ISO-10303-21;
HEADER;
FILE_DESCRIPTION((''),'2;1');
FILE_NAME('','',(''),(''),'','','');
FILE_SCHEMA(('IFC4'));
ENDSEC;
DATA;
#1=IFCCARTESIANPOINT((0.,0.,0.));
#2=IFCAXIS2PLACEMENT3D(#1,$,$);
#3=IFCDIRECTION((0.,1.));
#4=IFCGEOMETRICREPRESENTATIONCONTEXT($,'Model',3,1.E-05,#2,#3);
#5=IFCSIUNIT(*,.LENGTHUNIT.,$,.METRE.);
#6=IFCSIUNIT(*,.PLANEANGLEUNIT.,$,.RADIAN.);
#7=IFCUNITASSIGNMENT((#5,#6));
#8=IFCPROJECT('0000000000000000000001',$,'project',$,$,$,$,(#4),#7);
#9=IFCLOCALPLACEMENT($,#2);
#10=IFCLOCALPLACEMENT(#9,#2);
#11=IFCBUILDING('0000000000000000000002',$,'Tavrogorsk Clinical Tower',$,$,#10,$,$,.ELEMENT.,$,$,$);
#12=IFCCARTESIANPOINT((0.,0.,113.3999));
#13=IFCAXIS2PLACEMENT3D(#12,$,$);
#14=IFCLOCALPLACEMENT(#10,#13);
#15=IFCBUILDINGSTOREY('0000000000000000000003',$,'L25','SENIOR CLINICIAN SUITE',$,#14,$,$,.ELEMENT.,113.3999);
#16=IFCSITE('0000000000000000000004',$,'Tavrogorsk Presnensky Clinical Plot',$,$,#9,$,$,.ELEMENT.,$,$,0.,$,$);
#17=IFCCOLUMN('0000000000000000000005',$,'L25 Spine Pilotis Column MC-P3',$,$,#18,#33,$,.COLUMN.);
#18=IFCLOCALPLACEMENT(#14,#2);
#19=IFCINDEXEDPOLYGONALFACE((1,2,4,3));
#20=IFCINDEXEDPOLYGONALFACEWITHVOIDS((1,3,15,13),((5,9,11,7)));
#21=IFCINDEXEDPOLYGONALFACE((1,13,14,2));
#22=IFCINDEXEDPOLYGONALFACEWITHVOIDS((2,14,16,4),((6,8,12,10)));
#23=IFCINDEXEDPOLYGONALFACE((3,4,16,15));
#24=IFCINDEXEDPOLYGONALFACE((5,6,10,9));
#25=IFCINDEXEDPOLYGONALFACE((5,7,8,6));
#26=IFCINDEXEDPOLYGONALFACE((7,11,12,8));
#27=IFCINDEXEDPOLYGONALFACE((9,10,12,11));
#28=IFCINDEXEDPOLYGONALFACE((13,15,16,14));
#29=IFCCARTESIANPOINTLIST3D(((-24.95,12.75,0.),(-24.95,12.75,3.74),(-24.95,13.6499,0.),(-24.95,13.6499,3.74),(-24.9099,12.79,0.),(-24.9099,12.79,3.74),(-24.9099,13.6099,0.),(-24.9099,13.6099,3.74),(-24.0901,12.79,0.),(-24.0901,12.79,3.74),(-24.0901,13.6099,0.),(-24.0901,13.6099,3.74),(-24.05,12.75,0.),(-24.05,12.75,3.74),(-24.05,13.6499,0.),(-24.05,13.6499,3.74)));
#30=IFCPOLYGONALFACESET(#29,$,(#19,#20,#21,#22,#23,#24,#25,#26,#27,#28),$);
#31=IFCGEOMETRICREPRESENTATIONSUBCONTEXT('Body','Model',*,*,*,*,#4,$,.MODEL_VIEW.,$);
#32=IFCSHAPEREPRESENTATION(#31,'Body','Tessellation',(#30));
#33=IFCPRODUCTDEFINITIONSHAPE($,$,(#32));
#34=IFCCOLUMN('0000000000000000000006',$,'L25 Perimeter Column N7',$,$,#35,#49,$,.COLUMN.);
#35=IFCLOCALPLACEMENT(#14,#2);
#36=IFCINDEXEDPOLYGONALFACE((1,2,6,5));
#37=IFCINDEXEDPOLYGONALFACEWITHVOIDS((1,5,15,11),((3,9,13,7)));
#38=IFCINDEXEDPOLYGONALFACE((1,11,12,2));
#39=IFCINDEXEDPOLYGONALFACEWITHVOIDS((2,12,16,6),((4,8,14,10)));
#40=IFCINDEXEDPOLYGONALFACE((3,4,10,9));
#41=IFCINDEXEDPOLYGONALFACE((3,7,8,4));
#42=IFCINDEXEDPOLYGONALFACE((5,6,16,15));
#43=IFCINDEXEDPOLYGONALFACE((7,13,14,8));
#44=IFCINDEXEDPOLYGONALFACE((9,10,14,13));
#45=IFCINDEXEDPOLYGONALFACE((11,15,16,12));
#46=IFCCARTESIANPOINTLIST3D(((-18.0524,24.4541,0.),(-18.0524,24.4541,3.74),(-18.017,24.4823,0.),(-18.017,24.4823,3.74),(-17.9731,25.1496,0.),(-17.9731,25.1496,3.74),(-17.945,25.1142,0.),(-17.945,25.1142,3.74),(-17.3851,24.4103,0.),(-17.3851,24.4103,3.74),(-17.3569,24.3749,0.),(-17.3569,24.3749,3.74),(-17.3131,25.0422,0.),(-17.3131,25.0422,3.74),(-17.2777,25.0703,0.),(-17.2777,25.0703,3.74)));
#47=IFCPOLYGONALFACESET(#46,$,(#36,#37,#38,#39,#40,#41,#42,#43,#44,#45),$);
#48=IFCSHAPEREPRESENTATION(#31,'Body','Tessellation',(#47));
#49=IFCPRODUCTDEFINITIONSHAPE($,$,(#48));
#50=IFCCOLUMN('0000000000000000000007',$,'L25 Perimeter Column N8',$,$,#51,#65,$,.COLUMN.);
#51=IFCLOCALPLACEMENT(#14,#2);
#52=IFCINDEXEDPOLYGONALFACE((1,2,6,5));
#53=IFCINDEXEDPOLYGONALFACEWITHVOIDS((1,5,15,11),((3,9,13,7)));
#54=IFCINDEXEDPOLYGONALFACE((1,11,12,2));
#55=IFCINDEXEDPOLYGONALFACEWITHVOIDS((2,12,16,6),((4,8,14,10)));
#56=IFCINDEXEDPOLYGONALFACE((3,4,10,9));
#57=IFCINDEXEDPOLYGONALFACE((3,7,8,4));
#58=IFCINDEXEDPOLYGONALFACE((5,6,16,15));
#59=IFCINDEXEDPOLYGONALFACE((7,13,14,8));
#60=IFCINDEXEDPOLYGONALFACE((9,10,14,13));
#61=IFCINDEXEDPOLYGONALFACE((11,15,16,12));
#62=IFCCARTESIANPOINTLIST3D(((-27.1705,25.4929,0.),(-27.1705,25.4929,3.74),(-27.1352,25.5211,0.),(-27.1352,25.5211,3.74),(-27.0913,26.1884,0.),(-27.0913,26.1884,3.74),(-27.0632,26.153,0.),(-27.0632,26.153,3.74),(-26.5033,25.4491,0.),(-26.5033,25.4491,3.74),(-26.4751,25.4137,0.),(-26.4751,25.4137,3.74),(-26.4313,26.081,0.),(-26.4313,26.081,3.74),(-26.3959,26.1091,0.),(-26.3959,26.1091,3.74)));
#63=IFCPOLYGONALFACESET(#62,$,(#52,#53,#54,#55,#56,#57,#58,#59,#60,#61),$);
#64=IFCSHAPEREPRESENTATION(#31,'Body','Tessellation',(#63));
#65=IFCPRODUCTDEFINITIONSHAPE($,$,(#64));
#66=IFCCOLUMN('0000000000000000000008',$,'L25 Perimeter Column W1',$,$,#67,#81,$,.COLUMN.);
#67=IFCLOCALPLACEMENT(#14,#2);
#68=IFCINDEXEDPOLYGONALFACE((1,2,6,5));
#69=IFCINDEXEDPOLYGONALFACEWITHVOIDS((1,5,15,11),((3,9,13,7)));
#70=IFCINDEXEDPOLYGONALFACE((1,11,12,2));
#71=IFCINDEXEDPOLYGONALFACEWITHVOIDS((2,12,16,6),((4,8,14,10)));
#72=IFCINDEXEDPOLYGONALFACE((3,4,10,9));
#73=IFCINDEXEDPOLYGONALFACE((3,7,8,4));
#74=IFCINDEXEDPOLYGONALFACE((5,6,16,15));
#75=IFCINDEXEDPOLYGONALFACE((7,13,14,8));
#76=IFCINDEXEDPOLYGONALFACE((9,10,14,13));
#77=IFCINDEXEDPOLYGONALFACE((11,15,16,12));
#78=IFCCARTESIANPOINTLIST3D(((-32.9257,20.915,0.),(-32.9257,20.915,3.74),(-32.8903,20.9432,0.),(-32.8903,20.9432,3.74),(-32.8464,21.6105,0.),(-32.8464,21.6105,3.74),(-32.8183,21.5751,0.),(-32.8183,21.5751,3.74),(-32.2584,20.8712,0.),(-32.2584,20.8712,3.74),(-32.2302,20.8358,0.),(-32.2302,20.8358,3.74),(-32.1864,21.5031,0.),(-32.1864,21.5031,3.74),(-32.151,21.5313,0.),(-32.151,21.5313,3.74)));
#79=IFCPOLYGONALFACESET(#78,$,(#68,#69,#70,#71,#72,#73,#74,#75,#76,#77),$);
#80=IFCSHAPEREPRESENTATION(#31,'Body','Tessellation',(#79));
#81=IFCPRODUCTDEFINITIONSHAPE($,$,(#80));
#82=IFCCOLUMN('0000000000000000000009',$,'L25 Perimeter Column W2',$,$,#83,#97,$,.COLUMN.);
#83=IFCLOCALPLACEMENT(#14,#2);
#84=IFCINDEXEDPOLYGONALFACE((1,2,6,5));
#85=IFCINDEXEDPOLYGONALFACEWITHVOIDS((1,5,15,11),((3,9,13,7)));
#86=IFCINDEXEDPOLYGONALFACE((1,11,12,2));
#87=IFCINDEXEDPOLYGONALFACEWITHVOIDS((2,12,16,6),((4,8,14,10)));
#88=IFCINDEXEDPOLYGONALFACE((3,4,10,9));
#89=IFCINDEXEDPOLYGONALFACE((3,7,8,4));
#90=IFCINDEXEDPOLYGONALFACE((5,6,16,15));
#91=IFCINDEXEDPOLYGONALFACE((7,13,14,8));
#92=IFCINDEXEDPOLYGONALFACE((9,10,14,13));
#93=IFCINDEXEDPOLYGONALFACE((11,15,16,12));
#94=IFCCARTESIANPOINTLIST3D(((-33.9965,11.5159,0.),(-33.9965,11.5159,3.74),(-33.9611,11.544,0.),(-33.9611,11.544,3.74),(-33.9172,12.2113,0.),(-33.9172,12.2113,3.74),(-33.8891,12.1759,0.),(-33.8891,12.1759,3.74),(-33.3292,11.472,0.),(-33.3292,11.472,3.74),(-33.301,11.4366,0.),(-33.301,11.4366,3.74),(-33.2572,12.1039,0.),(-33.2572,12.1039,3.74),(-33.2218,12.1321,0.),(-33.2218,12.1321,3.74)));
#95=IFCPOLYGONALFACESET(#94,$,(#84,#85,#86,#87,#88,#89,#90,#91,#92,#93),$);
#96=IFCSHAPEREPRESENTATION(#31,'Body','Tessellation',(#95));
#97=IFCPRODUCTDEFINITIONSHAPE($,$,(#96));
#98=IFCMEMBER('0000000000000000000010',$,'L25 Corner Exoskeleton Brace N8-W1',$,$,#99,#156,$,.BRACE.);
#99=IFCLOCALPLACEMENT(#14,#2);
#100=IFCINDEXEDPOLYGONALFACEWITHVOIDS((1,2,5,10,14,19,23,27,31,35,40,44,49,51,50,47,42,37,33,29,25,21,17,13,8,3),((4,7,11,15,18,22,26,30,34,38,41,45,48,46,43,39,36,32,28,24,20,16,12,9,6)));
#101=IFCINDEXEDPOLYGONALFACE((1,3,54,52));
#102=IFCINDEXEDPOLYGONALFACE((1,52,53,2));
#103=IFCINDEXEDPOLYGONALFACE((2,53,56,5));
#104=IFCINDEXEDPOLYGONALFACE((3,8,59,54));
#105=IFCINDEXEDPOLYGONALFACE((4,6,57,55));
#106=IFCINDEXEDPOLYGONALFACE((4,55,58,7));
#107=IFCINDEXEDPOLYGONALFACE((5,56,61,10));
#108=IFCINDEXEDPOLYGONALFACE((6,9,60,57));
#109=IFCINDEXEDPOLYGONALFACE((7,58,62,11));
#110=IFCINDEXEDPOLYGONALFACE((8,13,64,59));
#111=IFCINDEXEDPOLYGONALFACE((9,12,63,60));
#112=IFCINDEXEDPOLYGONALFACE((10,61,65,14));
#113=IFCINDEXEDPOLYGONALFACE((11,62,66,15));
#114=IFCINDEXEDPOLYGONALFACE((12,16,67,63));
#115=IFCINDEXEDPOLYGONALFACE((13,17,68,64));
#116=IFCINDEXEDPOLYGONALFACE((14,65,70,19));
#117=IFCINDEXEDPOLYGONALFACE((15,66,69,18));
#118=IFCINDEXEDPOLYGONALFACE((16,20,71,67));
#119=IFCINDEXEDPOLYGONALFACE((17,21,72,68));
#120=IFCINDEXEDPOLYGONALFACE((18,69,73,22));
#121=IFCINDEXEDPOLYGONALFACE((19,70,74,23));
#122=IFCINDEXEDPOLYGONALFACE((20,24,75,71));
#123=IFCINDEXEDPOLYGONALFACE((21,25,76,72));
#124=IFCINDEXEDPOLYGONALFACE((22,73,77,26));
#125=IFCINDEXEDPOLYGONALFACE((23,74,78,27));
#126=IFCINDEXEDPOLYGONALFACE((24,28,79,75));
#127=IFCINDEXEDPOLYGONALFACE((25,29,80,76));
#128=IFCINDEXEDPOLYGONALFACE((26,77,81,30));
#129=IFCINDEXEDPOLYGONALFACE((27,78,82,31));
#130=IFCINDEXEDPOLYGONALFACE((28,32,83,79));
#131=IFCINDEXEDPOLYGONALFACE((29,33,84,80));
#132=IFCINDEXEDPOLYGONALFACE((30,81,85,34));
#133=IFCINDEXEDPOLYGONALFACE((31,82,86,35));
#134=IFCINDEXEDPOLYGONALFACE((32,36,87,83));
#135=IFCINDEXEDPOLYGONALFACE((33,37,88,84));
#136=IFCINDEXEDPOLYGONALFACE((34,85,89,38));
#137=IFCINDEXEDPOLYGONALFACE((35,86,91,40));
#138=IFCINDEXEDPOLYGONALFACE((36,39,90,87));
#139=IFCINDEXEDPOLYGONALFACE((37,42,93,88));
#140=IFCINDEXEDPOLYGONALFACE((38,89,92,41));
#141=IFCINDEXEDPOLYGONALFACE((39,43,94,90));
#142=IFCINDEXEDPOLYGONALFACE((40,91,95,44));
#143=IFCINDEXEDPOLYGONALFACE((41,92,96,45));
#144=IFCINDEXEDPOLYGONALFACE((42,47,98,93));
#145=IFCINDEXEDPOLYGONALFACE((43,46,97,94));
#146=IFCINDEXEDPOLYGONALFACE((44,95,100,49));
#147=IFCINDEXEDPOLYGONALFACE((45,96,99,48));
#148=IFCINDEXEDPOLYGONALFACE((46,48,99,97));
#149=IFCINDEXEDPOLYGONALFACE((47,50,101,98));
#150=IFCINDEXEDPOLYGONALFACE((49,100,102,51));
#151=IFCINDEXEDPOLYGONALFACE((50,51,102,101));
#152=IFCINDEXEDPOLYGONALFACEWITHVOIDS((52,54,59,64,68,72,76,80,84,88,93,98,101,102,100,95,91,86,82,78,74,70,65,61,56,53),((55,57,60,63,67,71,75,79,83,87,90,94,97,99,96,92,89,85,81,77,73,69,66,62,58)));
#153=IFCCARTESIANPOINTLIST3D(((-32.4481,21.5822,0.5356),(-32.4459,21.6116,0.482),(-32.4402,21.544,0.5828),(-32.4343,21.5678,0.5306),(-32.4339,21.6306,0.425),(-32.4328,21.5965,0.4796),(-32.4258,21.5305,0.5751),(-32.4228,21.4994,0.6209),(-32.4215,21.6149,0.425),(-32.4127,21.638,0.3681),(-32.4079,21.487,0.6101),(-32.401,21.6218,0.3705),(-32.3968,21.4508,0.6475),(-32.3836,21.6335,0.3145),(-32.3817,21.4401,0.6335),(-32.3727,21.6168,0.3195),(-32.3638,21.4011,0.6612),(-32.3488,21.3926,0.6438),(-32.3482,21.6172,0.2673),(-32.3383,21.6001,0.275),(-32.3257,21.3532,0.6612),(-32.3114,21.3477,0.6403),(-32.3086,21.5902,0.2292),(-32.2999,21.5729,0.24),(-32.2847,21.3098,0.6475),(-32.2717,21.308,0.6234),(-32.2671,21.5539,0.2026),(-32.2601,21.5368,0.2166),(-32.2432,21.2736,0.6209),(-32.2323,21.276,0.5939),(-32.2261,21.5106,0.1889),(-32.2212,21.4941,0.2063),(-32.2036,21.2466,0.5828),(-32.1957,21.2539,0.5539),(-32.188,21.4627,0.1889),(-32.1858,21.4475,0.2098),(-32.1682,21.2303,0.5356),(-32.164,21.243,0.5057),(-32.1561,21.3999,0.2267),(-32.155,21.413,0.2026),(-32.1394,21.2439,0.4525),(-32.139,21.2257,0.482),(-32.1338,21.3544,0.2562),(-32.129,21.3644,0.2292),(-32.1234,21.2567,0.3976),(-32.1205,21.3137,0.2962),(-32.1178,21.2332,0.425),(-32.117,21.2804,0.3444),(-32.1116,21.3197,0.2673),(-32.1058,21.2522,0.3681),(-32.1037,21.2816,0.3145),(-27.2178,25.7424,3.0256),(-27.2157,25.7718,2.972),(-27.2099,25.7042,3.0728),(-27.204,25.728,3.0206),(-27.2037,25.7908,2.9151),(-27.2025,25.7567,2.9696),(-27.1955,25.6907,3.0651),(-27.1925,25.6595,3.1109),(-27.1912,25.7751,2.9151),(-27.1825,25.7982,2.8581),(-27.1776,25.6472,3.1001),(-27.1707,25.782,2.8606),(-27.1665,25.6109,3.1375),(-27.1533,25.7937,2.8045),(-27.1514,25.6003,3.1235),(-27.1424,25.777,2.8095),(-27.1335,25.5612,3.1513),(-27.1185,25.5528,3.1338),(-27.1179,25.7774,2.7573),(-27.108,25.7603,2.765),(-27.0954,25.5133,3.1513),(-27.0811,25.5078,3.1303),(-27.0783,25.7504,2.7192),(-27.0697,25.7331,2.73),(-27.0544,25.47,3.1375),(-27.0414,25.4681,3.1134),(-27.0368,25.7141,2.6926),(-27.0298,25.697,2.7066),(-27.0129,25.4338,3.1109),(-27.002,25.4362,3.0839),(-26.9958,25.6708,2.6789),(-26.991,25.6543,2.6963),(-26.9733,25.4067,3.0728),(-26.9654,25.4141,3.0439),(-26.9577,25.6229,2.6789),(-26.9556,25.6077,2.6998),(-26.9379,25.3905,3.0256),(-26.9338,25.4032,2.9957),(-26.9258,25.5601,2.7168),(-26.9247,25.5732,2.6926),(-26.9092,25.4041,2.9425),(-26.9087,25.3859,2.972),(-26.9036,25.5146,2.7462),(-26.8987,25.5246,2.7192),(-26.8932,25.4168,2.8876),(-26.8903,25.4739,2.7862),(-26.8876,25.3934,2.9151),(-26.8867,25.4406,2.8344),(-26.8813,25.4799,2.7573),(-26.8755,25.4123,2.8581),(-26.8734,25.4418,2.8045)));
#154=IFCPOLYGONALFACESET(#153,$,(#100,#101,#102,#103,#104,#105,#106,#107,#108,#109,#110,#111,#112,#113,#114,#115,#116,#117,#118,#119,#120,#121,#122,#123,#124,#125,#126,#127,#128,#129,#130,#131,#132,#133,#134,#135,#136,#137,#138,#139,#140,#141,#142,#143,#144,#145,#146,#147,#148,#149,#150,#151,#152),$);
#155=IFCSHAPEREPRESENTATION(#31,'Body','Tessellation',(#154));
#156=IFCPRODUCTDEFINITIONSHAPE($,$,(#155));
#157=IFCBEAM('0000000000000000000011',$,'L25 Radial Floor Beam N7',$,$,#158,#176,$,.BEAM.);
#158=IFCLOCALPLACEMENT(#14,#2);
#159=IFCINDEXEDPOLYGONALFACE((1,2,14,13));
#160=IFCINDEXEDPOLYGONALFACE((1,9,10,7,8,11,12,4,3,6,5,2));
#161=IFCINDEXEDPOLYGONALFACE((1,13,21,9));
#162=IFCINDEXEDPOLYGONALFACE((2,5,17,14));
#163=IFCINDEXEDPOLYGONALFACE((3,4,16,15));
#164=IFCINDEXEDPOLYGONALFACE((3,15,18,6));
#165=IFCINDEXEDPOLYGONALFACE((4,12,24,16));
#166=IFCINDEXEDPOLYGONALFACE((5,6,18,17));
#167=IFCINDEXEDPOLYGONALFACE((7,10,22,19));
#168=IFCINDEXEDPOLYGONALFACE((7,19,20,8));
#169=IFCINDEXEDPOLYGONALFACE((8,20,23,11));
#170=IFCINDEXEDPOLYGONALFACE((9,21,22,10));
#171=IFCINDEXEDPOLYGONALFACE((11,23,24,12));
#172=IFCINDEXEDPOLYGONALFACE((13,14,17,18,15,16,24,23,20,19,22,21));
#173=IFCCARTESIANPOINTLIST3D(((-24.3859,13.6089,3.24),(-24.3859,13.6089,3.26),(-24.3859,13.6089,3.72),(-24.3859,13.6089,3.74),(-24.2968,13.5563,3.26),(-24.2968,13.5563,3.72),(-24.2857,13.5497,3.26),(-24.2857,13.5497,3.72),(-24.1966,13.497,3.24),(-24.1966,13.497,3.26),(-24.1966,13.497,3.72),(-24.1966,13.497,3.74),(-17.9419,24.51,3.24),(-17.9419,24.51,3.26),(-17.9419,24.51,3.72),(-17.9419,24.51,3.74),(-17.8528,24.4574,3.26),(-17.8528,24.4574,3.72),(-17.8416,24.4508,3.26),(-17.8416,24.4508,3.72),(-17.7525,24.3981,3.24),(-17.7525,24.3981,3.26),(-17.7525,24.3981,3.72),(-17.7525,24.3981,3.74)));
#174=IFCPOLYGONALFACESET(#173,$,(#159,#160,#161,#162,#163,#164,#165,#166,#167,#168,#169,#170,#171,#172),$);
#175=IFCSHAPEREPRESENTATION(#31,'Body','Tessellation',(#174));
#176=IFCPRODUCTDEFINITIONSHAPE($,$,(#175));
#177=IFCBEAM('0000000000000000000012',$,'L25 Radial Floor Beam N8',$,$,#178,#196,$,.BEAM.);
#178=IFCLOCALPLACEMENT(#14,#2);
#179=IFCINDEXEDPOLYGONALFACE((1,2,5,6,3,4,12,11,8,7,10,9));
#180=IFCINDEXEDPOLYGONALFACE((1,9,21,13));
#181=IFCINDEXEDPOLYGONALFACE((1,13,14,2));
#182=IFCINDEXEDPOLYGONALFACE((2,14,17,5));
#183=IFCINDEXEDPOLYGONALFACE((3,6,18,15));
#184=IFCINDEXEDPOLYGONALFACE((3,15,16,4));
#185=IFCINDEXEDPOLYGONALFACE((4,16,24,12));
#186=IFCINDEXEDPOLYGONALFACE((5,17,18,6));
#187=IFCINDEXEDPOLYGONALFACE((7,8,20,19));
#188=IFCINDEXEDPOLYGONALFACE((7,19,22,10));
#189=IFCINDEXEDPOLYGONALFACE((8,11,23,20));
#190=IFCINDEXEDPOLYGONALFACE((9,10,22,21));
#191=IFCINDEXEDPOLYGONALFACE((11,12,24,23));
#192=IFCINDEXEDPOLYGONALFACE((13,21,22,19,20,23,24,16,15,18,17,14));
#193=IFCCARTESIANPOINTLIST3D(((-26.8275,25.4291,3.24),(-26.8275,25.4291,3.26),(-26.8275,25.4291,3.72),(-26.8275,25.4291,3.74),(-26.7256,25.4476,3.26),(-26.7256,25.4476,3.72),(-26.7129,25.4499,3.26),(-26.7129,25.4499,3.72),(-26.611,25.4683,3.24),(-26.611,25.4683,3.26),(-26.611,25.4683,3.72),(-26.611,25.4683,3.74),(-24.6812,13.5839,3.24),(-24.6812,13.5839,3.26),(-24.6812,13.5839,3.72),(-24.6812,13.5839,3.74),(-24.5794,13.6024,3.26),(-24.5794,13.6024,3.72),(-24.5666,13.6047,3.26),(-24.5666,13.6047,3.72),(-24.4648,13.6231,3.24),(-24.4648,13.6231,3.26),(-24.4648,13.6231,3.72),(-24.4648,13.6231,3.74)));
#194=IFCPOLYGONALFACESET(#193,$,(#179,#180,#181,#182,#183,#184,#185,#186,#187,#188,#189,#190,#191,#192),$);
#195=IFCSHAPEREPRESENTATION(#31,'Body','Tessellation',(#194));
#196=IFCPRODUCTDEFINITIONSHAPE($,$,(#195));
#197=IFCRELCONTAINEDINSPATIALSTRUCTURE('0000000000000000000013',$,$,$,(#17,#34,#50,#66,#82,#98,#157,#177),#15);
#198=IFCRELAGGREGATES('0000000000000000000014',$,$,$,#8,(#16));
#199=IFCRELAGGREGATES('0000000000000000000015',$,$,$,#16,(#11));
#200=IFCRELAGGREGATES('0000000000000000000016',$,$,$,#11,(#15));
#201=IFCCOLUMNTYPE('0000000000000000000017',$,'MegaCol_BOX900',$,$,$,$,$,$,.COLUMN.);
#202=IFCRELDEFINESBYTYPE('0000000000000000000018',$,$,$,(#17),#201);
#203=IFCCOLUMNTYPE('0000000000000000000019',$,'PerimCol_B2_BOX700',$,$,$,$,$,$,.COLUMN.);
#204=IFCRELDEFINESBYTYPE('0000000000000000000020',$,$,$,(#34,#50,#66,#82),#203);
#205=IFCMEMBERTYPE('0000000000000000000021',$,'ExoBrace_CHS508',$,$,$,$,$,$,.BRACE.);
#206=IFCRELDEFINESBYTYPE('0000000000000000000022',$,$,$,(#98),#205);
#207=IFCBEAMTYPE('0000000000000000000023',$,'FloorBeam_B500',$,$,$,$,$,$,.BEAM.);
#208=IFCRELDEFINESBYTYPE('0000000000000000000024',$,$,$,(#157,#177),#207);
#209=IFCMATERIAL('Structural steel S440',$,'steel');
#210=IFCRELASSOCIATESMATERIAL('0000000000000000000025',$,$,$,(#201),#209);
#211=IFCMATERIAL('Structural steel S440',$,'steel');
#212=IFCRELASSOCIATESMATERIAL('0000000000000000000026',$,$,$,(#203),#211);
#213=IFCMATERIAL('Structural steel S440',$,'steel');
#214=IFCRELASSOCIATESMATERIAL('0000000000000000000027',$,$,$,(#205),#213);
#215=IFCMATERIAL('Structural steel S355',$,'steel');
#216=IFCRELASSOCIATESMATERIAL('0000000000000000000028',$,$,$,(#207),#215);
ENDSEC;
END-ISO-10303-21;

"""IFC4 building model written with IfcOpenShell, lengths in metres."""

from ifc_helpers import new_model, si_unit, direction, frame, origin, origin_2d, place, context, subcontext, project, spatial, hollow_rectangle, hollow_circle, i_section, extrude, material, material_profile, profile_set, type_object, element, save


model = new_model("IFC4")

# Units and contexts
model_context = context("Model", 3, precision=1e-05, world=origin(), true_north=direction((0.0, 1.0)))
body_context = subcontext(model_context, "Body", "Model", "MODEL_VIEW")
ifc_project = project(units=[si_unit("LENGTHUNIT", "METRE"), si_unit("PLANEANGLEUNIT", "RADIAN")], contexts=[model_context])

# Site, building, storey
site_placement = place(None, origin())
site = spatial("IfcSite", under=ifc_project, at=site_placement, Name="Tavrogorsk Presnensky Clinical Plot", CompositionType="ELEMENT", RefElevation=0.0)
building_placement = place(site_placement, origin())
building = spatial("IfcBuilding", under=site, at=building_placement, Name="Tavrogorsk Clinical Tower", CompositionType="ELEMENT")
storey_placement = place(building_placement, frame((0.0, 0.0, 113.3999)))
storey = spatial("IfcBuildingStorey", under=building, at=storey_placement, Name="L25", Description="SENIOR CLINICIAN SUITE", CompositionType="ELEMENT", Elevation=113.3999)

# Columns
ifc_material_1 = material(Name="Structural steel S440", Category="steel")
ifc_material_profile_1 = material_profile(ifc_material_1, hollow_rectangle(XDim=0.8999, YDim=0.8999, WallThickness=0.04, at=origin_2d()), Name="BOX-900x900x40")
ifc_profile_set_1 = profile_set([ifc_material_profile_1], Name="Structural steel S440")
column_type_1 = type_object("IfcColumnType", Name="MegaCol_BOX900", PredefinedType="COLUMN", material=ifc_profile_set_1)
column_placement = place(storey_placement, frame((-24.5, 13.2, 0.0), z_axis=(0.0, 0.0, 1.0), x_axis=(1.0, 0.0, 0.0)))
element("IfcColumn", 1, at=column_placement, inside=storey, type_object=column_type_1, Name="L25 Spine Pilotis Column MC-P3", PredefinedType="COLUMN", context=body_context, shape_type="SweptSolid", body=[
    extrude(hollow_rectangle(XDim=0.8999, YDim=0.8999, WallThickness=0.04, at=origin_2d()), origin(), (0.0, 0.0, 1.0), 3.74),
])
ifc_material_2 = material(Name="Structural steel S440", Category="steel")
ifc_material_profile_2 = material_profile(ifc_material_2, hollow_rectangle(XDim=0.7, YDim=0.7, WallThickness=0.032, at=origin_2d()), Name="BOX-700x700x32")
ifc_profile_set_2 = profile_set([ifc_material_profile_2], Name="Structural steel S440")
column_type_2 = type_object("IfcColumnType", Name="PerimCol_B2_BOX700", PredefinedType="COLUMN", material=ifc_profile_set_2)
for number, where, z_axis, x_axis, name in (
    (2, (-17.665, 24.7622, 0.0), (0.0, 0.0, 1.0), (0.993572, -0.113203, 0.0), "L25 Perimeter Column N7"),
    (3, (-26.7832, 25.801, 0.0), (0.0, 0.0, 1.0), (0.993572, -0.113203, 0.0), "L25 Perimeter Column N8"),
    (4, (-32.5383, 21.2231, 0.0), (0.0, 0.0, 1.0), (0.993572, -0.113203, 0.0), "L25 Perimeter Column W1"),
    (5, (-33.6091, 11.824, 0.0), (0.0, 0.0, 1.0), (0.993572, -0.113203, 0.0), "L25 Perimeter Column W2"),
):
    element("IfcColumn", number, at=place(storey_placement, frame(where, z_axis=z_axis, x_axis=x_axis)), inside=storey, type_object=column_type_2, Name=name, PredefinedType="COLUMN", context=body_context, shape_type="SweptSolid", body=[
        extrude(hollow_rectangle(XDim=0.7, YDim=0.7, WallThickness=0.032, at=origin_2d()), origin(), (0.0, 0.0, 1.0), 3.74),
    ])

# Member
ifc_material_3 = material(Name="Structural steel S440", Category="steel")
ifc_material_profile_3 = material_profile(ifc_material_3, hollow_circle(Radius=0.2539, WallThickness=0.02, at=origin_2d()), Name="CHS-508x20")
ifc_profile_set_3 = profile_set([ifc_material_profile_3], Name="Structural steel S440")
member_type_1 = type_object("IfcMemberType", Name="ExoBrace_CHS508", PredefinedType="BRACE", material=ifc_profile_set_3)
member_1_placement = place(storey_placement, frame((-32.2759, 21.4319, 0.425), z_axis=(0.733369, 0.583327, 0.34914), x_axis=(-0.622501, 0.782619, 0.0)))
element("IfcMember", 6, at=member_1_placement, inside=storey, type_object=member_type_1, Name="L25 Corner Exoskeleton Brace N8-W1", PredefinedType="BRACE", context=body_context, shape_type="SweptSolid", body=[
    extrude(hollow_circle(Radius=0.2539, WallThickness=0.02, at=origin_2d()), origin(), (0.0, 0.0, 1.0), 7.1318),
])

# Beams
ifc_material_4 = material(Name="Structural steel S355", Category="steel")
ifc_material_profile_4 = material_profile(ifc_material_4, i_section(OverallWidth=0.22, OverallDepth=0.5, WebThickness=0.0129, FlangeThickness=0.02, at=origin_2d()), Name="B-500x220x13x20")
ifc_profile_set_4 = profile_set([ifc_material_profile_4], Name="Structural steel S355")
beam_type_1 = type_object("IfcBeamType", Name="FloorBeam_B500", PredefinedType="BEAM", material=ifc_profile_set_4)
beam_1_placement = place(storey_placement, frame((-24.2913, 13.553, 3.49), z_axis=(0.508877, 0.860839, 0.0), x_axis=(-0.860839, 0.508877, 0.0)))
element("IfcBeam", 7, at=beam_1_placement, inside=storey, type_object=beam_type_1, Name="L25 Radial Floor Beam N7", PredefinedType="BEAM", context=body_context, shape_type="SweptSolid", body=[
    extrude(i_section(OverallWidth=0.22, OverallDepth=0.5, WebThickness=0.0129, FlangeThickness=0.02, at=origin_2d()), origin(), (0.0, 0.0, 1.0), 12.6633),
])
beam_2_placement = place(storey_placement, frame((-24.573, 13.6035, 3.49), z_axis=(-0.178288, 0.983978, 0.0), x_axis=(-0.983978, -0.178288, 0.0)))
element("IfcBeam", 8, at=beam_2_placement, inside=storey, type_object=beam_type_1, Name="L25 Radial Floor Beam N8", PredefinedType="BEAM", context=body_context, shape_type="SweptSolid", body=[
    extrude(i_section(OverallWidth=0.22, OverallDepth=0.5, WebThickness=0.0129, FlangeThickness=0.02, at=origin_2d()), origin(), (0.0, 0.0, 1.0), 12.0381),
])

save(model, "model.ifc")
